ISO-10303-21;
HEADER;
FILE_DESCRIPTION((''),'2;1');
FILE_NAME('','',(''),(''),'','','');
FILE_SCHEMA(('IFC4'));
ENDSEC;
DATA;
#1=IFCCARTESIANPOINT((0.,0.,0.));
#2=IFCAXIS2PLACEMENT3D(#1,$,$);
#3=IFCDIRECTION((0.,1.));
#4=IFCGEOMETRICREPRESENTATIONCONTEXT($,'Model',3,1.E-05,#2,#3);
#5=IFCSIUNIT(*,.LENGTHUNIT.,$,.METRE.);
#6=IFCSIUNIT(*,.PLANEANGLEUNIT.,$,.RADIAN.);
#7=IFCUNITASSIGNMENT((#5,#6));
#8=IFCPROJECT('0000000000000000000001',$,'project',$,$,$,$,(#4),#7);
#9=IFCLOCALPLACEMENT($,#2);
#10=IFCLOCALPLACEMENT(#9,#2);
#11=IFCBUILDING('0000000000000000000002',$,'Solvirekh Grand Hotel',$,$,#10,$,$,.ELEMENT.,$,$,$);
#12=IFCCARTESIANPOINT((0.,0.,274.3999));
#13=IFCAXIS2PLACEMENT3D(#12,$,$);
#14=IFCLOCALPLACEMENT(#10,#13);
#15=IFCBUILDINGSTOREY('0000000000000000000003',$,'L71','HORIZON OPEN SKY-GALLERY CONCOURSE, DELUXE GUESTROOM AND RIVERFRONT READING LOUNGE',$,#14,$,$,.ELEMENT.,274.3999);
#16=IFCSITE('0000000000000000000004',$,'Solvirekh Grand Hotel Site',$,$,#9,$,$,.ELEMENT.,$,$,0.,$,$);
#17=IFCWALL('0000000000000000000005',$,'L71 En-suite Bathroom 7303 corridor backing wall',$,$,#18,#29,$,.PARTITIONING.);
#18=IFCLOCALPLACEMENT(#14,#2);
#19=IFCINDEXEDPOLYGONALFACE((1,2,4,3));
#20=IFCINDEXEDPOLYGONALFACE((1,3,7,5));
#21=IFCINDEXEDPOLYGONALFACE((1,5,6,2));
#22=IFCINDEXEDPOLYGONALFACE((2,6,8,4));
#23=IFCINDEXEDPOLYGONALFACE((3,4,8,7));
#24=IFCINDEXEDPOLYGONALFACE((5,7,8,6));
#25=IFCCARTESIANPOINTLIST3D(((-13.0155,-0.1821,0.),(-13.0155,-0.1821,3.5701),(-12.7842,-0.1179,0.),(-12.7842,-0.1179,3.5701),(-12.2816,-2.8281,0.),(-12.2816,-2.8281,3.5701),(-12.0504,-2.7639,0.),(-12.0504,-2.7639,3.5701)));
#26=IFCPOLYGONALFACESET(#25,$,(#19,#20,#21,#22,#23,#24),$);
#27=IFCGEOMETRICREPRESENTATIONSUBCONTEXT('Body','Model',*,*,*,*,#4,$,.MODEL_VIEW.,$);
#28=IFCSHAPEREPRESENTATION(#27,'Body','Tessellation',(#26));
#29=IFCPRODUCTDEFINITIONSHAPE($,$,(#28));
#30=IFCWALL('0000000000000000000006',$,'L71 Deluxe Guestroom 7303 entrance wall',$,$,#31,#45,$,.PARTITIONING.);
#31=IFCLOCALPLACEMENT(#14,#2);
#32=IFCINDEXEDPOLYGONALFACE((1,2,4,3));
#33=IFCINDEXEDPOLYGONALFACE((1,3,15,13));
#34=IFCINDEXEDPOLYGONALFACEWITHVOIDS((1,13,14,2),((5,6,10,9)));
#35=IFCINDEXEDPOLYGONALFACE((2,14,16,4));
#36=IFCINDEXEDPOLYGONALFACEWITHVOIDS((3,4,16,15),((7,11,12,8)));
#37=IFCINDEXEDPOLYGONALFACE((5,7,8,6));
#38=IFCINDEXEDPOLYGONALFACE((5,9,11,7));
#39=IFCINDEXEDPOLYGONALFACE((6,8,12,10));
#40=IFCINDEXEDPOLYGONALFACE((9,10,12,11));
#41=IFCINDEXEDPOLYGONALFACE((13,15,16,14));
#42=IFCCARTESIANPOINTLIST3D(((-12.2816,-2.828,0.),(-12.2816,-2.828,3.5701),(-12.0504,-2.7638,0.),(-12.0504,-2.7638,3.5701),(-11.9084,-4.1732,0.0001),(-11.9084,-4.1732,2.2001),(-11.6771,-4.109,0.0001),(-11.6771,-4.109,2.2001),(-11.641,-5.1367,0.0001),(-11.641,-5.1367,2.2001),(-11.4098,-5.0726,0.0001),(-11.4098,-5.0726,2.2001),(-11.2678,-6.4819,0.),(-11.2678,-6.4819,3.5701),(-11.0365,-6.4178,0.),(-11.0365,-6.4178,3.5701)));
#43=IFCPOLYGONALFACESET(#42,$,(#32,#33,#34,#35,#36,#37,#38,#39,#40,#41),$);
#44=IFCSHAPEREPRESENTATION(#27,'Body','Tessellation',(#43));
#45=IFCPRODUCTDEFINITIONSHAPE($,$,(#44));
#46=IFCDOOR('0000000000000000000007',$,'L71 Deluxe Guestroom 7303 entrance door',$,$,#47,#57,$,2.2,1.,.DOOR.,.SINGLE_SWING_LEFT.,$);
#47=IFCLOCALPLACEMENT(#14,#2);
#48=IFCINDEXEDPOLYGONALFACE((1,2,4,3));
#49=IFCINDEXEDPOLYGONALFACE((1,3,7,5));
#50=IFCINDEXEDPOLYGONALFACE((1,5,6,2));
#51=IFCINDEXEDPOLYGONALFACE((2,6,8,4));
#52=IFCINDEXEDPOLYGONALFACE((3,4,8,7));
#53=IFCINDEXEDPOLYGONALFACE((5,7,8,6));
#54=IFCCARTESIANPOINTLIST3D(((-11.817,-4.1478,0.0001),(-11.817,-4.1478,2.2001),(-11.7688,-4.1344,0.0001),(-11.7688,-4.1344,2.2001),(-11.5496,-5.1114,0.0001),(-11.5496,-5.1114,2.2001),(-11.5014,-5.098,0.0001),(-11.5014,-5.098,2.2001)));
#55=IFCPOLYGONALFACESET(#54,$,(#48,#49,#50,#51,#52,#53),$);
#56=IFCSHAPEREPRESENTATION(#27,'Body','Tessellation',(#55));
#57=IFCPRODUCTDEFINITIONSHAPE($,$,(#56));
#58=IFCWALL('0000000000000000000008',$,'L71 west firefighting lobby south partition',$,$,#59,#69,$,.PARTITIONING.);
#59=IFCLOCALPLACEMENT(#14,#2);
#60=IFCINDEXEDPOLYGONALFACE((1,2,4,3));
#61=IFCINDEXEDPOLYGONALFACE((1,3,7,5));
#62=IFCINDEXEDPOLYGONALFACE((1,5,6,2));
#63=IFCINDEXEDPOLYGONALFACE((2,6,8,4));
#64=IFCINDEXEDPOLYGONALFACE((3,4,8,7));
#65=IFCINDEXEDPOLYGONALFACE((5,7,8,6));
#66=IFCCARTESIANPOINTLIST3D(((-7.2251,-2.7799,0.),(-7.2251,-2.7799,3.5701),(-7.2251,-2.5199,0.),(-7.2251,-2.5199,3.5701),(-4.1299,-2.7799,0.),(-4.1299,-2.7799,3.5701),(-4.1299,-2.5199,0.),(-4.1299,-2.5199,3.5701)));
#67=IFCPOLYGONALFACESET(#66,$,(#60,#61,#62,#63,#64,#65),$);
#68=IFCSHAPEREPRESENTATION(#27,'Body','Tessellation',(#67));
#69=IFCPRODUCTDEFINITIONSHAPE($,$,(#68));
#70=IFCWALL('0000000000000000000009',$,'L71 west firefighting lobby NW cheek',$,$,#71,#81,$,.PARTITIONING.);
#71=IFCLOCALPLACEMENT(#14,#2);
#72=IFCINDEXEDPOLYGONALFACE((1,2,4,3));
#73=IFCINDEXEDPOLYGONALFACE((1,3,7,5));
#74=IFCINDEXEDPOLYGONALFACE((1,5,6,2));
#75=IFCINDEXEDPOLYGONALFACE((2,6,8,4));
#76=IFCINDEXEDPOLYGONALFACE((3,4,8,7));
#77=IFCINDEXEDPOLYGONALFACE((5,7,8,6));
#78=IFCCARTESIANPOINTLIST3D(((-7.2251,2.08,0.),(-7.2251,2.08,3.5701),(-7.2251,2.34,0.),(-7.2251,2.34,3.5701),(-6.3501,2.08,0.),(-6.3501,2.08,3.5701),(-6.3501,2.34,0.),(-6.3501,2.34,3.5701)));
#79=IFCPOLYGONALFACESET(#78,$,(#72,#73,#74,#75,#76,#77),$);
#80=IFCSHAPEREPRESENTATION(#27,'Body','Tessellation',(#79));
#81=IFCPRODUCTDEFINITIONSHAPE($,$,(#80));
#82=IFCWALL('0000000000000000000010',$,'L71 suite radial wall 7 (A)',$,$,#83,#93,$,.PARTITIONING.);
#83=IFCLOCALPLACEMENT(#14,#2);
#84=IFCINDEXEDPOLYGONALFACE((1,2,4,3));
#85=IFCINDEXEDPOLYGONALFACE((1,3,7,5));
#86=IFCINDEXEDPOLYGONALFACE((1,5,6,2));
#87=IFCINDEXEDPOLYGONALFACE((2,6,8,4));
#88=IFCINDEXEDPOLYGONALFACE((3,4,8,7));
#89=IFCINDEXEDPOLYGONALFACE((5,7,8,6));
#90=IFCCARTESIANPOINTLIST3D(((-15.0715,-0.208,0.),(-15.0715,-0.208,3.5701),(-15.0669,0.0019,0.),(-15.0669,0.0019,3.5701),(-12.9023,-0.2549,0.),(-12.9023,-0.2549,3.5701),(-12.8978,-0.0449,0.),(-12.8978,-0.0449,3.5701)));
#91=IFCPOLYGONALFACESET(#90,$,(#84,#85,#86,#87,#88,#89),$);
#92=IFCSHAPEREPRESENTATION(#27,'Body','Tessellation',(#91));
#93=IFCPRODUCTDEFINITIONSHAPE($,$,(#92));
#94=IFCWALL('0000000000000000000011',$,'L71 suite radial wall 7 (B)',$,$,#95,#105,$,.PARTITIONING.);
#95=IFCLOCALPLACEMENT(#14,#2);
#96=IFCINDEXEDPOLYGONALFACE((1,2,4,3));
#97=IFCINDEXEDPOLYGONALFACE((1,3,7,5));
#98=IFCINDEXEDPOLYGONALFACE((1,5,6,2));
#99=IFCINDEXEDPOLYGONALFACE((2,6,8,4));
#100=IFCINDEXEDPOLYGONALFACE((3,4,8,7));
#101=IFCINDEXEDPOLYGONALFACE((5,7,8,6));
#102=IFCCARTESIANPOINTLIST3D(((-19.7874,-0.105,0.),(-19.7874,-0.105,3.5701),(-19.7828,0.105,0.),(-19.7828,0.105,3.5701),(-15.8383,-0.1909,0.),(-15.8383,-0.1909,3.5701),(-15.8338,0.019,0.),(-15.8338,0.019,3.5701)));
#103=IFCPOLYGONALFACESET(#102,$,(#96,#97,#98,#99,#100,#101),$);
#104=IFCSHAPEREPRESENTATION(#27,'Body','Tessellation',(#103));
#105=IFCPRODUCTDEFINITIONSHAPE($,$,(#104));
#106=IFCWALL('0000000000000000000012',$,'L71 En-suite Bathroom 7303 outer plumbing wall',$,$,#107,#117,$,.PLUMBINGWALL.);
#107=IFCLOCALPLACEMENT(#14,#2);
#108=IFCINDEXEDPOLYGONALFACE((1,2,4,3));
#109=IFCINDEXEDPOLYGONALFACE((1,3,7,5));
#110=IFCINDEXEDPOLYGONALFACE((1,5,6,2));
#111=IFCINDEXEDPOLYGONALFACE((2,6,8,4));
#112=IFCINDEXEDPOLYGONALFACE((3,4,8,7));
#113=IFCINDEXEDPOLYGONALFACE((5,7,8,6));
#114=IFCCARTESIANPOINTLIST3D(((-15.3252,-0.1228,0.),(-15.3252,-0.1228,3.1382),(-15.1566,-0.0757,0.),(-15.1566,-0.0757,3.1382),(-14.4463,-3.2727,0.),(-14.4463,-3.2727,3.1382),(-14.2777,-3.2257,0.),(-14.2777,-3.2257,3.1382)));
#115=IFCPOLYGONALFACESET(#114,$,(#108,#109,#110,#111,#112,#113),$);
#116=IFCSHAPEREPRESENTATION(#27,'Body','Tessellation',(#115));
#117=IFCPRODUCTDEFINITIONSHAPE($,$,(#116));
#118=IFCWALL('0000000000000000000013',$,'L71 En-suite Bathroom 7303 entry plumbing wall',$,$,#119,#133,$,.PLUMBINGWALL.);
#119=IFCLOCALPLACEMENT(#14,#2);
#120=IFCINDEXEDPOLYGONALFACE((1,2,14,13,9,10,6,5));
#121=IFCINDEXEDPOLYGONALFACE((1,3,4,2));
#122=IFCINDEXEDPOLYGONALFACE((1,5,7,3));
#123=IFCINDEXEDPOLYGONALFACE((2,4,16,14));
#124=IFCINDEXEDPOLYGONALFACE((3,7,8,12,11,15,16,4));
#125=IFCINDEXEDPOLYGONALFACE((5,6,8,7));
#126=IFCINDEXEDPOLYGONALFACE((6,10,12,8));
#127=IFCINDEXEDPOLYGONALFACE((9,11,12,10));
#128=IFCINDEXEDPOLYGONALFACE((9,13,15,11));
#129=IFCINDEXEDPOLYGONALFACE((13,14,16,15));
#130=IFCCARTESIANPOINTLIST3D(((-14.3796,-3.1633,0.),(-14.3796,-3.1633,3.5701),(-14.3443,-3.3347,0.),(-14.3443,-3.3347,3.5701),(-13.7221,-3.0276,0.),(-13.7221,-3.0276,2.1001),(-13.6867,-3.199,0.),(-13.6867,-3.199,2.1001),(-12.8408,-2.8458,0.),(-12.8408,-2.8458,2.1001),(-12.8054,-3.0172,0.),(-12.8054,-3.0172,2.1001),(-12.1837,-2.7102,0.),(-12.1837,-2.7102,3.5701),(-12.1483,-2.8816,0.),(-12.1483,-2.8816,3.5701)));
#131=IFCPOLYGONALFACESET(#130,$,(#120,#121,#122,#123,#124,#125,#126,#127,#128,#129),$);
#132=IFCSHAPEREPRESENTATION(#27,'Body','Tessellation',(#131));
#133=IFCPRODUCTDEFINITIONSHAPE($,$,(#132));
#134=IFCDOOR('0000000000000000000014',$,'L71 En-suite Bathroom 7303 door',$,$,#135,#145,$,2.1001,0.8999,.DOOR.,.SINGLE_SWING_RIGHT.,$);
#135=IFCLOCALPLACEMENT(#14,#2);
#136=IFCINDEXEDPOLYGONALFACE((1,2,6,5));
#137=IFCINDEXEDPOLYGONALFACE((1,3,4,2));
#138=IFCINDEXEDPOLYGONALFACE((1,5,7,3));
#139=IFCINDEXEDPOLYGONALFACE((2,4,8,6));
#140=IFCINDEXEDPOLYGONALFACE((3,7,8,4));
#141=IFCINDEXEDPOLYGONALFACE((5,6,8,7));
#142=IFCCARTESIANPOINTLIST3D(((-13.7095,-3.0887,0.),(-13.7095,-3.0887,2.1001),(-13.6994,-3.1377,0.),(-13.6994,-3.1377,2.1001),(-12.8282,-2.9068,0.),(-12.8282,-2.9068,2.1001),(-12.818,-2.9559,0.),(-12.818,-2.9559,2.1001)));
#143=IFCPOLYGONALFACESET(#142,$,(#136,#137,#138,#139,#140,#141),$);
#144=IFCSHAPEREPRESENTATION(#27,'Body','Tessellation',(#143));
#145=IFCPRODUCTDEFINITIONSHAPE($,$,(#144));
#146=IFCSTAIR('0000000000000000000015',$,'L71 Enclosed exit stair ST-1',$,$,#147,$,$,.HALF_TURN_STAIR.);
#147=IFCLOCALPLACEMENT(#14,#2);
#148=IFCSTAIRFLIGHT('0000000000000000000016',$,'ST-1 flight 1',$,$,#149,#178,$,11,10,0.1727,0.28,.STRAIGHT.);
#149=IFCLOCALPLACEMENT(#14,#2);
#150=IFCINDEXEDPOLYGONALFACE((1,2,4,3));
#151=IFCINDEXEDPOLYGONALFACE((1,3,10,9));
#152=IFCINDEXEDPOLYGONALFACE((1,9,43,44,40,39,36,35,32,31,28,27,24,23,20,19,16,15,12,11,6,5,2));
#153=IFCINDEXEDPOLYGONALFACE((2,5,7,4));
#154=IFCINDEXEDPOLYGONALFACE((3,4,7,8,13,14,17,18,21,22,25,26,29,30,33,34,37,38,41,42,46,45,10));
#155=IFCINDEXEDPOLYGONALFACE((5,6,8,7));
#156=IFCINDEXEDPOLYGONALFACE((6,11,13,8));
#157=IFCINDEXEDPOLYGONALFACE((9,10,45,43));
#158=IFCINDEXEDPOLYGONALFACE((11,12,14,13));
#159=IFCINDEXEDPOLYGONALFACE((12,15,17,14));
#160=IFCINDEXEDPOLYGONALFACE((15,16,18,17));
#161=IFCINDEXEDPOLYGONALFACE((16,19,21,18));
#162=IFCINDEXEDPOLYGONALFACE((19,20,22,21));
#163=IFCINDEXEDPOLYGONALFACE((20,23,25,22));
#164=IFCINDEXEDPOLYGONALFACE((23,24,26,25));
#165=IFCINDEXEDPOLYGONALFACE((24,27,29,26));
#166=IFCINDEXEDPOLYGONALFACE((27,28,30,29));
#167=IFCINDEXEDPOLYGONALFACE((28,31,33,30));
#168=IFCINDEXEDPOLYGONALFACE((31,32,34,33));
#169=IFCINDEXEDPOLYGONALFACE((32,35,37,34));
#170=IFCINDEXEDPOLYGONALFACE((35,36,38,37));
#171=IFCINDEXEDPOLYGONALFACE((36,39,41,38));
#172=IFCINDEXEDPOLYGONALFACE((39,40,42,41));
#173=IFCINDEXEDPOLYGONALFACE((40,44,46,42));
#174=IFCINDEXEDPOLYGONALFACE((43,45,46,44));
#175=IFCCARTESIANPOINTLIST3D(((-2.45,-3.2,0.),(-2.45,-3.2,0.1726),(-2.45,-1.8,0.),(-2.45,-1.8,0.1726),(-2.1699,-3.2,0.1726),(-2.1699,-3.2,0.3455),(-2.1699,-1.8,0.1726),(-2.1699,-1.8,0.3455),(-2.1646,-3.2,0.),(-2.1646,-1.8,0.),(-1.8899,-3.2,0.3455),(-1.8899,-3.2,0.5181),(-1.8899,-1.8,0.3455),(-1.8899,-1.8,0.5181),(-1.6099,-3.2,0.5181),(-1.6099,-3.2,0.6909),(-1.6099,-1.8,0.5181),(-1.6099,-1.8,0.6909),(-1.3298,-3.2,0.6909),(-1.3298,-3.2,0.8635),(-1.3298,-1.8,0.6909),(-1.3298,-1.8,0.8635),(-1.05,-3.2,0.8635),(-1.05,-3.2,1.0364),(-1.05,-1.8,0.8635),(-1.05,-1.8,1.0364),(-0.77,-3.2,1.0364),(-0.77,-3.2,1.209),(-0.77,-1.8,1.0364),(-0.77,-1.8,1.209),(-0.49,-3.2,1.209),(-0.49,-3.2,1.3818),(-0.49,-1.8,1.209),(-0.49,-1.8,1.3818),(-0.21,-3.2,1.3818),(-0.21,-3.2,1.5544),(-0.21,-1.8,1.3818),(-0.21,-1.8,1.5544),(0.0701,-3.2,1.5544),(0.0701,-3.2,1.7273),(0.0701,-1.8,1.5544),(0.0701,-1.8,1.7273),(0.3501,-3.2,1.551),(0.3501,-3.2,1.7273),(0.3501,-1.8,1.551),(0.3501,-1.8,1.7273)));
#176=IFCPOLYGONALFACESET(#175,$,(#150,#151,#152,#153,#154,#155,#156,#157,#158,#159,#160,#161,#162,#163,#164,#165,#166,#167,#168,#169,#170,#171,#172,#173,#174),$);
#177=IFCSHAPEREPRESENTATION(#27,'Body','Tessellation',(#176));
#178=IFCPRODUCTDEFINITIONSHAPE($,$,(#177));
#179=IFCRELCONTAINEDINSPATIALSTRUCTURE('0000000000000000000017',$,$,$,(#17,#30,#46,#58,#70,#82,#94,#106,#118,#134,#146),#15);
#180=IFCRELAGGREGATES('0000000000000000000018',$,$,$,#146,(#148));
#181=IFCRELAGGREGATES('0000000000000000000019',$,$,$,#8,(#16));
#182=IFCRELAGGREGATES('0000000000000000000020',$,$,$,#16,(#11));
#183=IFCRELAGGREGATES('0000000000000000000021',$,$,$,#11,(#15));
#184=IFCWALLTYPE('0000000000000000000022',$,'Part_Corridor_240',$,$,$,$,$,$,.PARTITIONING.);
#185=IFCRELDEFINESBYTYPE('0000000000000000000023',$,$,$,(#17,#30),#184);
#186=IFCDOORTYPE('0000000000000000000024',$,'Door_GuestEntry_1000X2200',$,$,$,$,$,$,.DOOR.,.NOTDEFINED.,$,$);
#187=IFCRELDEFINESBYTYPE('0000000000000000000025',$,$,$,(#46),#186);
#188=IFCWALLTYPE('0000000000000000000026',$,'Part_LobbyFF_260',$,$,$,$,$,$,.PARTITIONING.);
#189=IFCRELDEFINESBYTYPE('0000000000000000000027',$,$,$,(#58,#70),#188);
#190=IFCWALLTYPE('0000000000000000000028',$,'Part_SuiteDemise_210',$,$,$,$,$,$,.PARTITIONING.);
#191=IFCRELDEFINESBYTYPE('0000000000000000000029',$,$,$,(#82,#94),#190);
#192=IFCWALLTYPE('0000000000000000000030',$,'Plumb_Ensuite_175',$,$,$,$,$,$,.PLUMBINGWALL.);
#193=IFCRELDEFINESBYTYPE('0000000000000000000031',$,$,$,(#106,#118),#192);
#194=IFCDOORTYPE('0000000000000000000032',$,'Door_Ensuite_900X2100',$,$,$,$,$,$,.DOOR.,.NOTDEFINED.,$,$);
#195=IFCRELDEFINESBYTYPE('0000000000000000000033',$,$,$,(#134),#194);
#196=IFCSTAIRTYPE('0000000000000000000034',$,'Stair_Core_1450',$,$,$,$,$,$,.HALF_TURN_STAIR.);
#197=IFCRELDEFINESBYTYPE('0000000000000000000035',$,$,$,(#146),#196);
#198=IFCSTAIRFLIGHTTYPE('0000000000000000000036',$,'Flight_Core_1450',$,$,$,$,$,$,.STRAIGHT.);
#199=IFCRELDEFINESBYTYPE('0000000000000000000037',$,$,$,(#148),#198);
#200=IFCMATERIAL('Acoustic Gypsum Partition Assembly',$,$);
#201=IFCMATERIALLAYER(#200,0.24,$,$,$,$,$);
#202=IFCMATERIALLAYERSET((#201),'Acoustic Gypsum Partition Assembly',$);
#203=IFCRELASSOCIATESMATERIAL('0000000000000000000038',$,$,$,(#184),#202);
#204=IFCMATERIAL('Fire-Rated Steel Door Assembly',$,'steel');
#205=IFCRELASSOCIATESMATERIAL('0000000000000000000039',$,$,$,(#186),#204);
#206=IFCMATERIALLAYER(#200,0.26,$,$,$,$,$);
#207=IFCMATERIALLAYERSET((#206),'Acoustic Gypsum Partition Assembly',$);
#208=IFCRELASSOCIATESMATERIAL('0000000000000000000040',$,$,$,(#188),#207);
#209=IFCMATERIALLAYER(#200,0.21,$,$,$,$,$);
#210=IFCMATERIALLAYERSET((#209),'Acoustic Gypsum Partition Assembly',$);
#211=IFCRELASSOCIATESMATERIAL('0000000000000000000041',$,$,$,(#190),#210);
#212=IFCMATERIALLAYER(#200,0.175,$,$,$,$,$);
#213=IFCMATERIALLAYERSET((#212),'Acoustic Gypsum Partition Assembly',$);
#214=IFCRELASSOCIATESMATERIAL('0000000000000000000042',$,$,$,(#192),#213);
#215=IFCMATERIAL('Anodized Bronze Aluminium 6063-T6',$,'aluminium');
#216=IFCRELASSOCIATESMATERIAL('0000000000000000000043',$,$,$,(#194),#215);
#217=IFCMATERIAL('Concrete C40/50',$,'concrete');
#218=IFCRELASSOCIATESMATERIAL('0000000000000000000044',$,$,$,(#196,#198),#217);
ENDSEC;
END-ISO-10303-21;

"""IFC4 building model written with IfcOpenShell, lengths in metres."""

from ifc_helpers import new_model, si_unit, direction, frame, frame_2d, origin, place, context, subcontext, project, spatial, polyline, rectangle, outline, extrude, material, layer, layer_set, type_object, element, fill, aggregate, save


model = new_model("IFC4")

# Units and contexts
model_context = context("Model", 3, precision=1e-05, world=origin(), true_north=direction((0.0, 1.0)))
body_context = subcontext(model_context, "Body", "Model", "MODEL_VIEW")
ifc_project = project(units=[si_unit("LENGTHUNIT", "METRE"), si_unit("PLANEANGLEUNIT", "RADIAN")], contexts=[model_context])

# Site, building, storey
site_placement = place(None, origin())
site = spatial("IfcSite", under=ifc_project, at=site_placement, Name="Solvirekh Grand Hotel Site", CompositionType="ELEMENT", RefElevation=0.0)
building_placement = place(site_placement, origin())
building = spatial("IfcBuilding", under=site, at=building_placement, Name="Solvirekh Grand Hotel", CompositionType="ELEMENT")
storey_placement = place(building_placement, frame((0.0, 0.0, 274.3999)))
storey = spatial("IfcBuildingStorey", under=building, at=storey_placement, Name="L71", Description="HORIZON OPEN SKY-GALLERY CONCOURSE, DELUXE GUESTROOM AND RIVERFRONT READING LOUNGE", CompositionType="ELEMENT", Elevation=274.3999)

# Shared definitions
ifc_material_1 = material(Name="Anodized Bronze Aluminium 6063-T6", Category="aluminium")

# Shared definitions
ifc_material_2 = material(Name="Concrete C40/50", Category="concrete")
ifc_material_3 = material(Name="Fire-Rated Steel Door Assembly", Category="steel")

# Shared definitions
ifc_material_4 = material(Name="Acoustic Gypsum Partition Assembly")

# Shared definitions
ifc_layer_1 = layer(ifc_material_4, 0.24)
ifc_layer_set_1 = layer_set([ifc_layer_1], Name="Acoustic Gypsum Partition Assembly")
wall_type_1 = type_object("IfcWallType", Name="Part_Corridor_240", PredefinedType="PARTITIONING", material=ifc_layer_set_1)

# Wall
wall_1_placement = place(storey_placement, frame((-12.8999, -0.1499, 0.0), z_axis=(0.0, 0.0, 1.0), x_axis=(0.267268, -0.963622, 0.0)))
element("IfcWall", 1, at=wall_1_placement, inside=storey, type_object=wall_type_1, Name="L71 En-suite Bathroom 7303 corridor backing wall", PredefinedType="PARTITIONING", context=body_context, shape_type="SweptSolid", body=[
    extrude(rectangle(XDim=2.7458, YDim=0.24, at=frame_2d((1.373, 0.0))), origin(), (0.0, 0.0, 1.0), 3.5701),
])

# Wall, opening, door
wall_2_placement = place(storey_placement, frame((-12.166, -2.7959, 0.0), z_axis=(0.0, 0.0, 1.0), x_axis=(0.267375, -0.963593, 0.0)))
wall_2 = element("IfcWall", 2, at=wall_2_placement, inside=storey, type_object=wall_type_1, Name="L71 Deluxe Guestroom 7303 entrance wall", PredefinedType="PARTITIONING", context=body_context, shape_type="SweptSolid", body=[
    extrude(rectangle(XDim=3.792, YDim=0.24, at=frame_2d((1.896, 0.0))), origin(), (0.0, 0.0, 1.0), 3.5701),
])
opening_1_placement = place(wall_2_placement, frame((1.396, 0.0, 0.0)))
opening_1 = element("IfcOpeningElement", 3, at=opening_1_placement, cuts=wall_2, PredefinedType="OPENING", context=body_context, shape_type="SweptSolid", body=[
    extrude(rectangle(XDim=1.0, YDim=2.2, at=frame_2d((0.5, 1.1001))), frame((0.0, 0.1299, 0.0), z_axis=(0.0, -1.0, 0.0), x_axis=(1.0, 0.0, 0.0)), (0.0, 0.0, 1.0), 0.26),
])
door_type_1 = type_object("IfcDoorType", Name="Door_GuestEntry_1000X2200", OperationType="NOTDEFINED", PredefinedType="DOOR", material=ifc_material_3)
door_1_placement = place(opening_1_placement, origin())
door_1 = element("IfcDoor", 4, at=door_1_placement, inside=storey, type_object=door_type_1, Name="L71 Deluxe Guestroom 7303 entrance door", OperationType="SINGLE_SWING_LEFT", OverallHeight=2.2, OverallWidth=1.0, PredefinedType="DOOR", context=body_context, shape_type="SweptSolid", body=[
    extrude(rectangle(XDim=1.0, YDim=2.2, at=frame_2d((0.5, 1.1001))), frame((0.0, 0.0249, 0.0), z_axis=(0.0, -1.0, 0.0), x_axis=(1.0, 0.0, 0.0)), (0.0, 0.0, 1.0), 0.05),
])
fill(opening_1, door_1)

# Walls
ifc_layer_2 = layer(ifc_material_4, 0.26)
ifc_layer_set_2 = layer_set([ifc_layer_2], Name="Acoustic Gypsum Partition Assembly")
wall_type_2 = type_object("IfcWallType", Name="Part_LobbyFF_260", PredefinedType="PARTITIONING", material=ifc_layer_set_2)
wall_3_placement = place(storey_placement, frame((-7.2251, -2.6499, 0.0), z_axis=(0.0, 0.0, 1.0), x_axis=(1.0, 0.0, 0.0)))
element("IfcWall", 5, at=wall_3_placement, inside=storey, type_object=wall_type_2, Name="L71 west firefighting lobby south partition", PredefinedType="PARTITIONING", context=body_context, shape_type="SweptSolid", body=[
    extrude(rectangle(XDim=3.0952, YDim=0.26, at=frame_2d((1.5476, 0.0))), origin(), (0.0, 0.0, 1.0), 3.5701),
])
wall_4_placement = place(storey_placement, frame((-7.2251, 2.21, 0.0), z_axis=(0.0, 0.0, 1.0), x_axis=(1.0, 0.0, 0.0)))
element("IfcWall", 6, at=wall_4_placement, inside=storey, type_object=wall_type_2, Name="L71 west firefighting lobby NW cheek", PredefinedType="PARTITIONING", context=body_context, shape_type="SweptSolid", body=[
    extrude(rectangle(XDim=0.875, YDim=0.26, at=frame_2d((0.4375, 0.0))), origin(), (0.0, 0.0, 1.0), 3.5701),
])
ifc_layer_3 = layer(ifc_material_4, 0.21)
ifc_layer_set_3 = layer_set([ifc_layer_3], Name="Acoustic Gypsum Partition Assembly")
wall_type_3 = type_object("IfcWallType", Name="Part_SuiteDemise_210", PredefinedType="PARTITIONING", material=ifc_layer_set_3)
wall_5_placement = place(storey_placement, frame((-12.8999, -0.1499, 0.0), z_axis=(0.0, 0.0, 1.0), x_axis=(-0.999767, 0.021604, 0.0)))
element("IfcWall", 7, at=wall_5_placement, inside=storey, type_object=wall_type_3, Name="L71 suite radial wall 7 (A)", PredefinedType="PARTITIONING", context=body_context, shape_type="SweptSolid", body=[
    extrude(rectangle(XDim=2.1697, YDim=0.21, at=frame_2d((1.085, 0.0))), origin(), (0.0, 0.0, 1.0), 3.5701),
])
wall_6_placement = place(storey_placement, frame((-15.8359, -0.0859, 0.0), z_axis=(0.0, 0.0, 1.0), x_axis=(-0.999763, 0.021757, 0.0)))
element("IfcWall", 8, at=wall_6_placement, inside=storey, type_object=wall_type_3, Name="L71 suite radial wall 7 (B)", PredefinedType="PARTITIONING", context=body_context, shape_type="SweptSolid", body=[
    extrude(rectangle(XDim=3.95, YDim=0.21, at=frame_2d((1.9751, 0.0))), origin(), (0.0, 0.0, 1.0), 3.5701),
])
ifc_layer_4 = layer(ifc_material_4, 0.175)
ifc_layer_set_4 = layer_set([ifc_layer_4], Name="Acoustic Gypsum Partition Assembly")
wall_type_4 = type_object("IfcWallType", Name="Plumb_Ensuite_175", PredefinedType="PLUMBINGWALL", material=ifc_layer_set_4)
wall_7_placement = place(storey_placement, frame((-15.241, -0.0991, 0.0), z_axis=(0.0, 0.0, 1.0), x_axis=(0.26876, -0.963207, 0.0)))
element("IfcWall", 9, at=wall_7_placement, inside=storey, type_object=wall_type_4, Name="L71 En-suite Bathroom 7303 outer plumbing wall", PredefinedType="PLUMBINGWALL", context=body_context, shape_type="SweptSolid", body=[
    extrude(rectangle(XDim=3.2703, YDim=0.175, at=frame_2d((1.6353, 0.0))), origin(), (0.0, 0.0, 1.0), 3.1382),
])

# Wall, opening, door
wall_8_placement = place(storey_placement, frame((-12.166, -2.7959, 0.0), z_axis=(0.0, 0.0, 1.0), x_axis=(-0.979369, -0.20208, 0.0)))
wall_8 = element("IfcWall", 10, at=wall_8_placement, inside=storey, type_object=wall_type_4, Name="L71 En-suite Bathroom 7303 entry plumbing wall", PredefinedType="PLUMBINGWALL", context=body_context, shape_type="SweptSolid", body=[
    extrude(rectangle(XDim=2.2422, YDim=0.175, at=frame_2d((1.1211, 0.0))), origin(), (0.0, 0.0, 1.0), 3.5701),
])
opening_2_placement = place(wall_8_placement, frame((0.6709, 0.0, 0.0)))
opening_2 = element("IfcOpeningElement", 11, at=opening_2_placement, cuts=wall_8, PredefinedType="OPENING", context=body_context, shape_type="SweptSolid", body=[
    extrude(rectangle(XDim=0.8999, YDim=2.1001, at=frame_2d((0.45, 1.05))), frame((0.0, 0.0977, 0.0), z_axis=(0.0, -1.0, 0.0), x_axis=(1.0, 0.0, 0.0)), (0.0, 0.0, 1.0), 0.1951),
])
door_type_2 = type_object("IfcDoorType", Name="Door_Ensuite_900X2100", OperationType="NOTDEFINED", PredefinedType="DOOR", material=ifc_material_1)
door_2_placement = place(opening_2_placement, origin())
door_2 = element("IfcDoor", 12, at=door_2_placement, inside=storey, type_object=door_type_2, Name="L71 En-suite Bathroom 7303 door", OperationType="SINGLE_SWING_RIGHT", OverallHeight=2.1001, OverallWidth=0.8999, PredefinedType="DOOR", context=body_context, shape_type="SweptSolid", body=[
    extrude(rectangle(XDim=0.8999, YDim=2.1001, at=frame_2d((0.45, 1.05))), frame((0.0, 0.0249, 0.0), z_axis=(0.0, -1.0, 0.0), x_axis=(1.0, 0.0, 0.0)), (0.0, 0.0, 1.0), 0.05),
])
fill(opening_2, door_2)

# Stair, stair flight
stair_type = type_object("IfcStairType", Name="Stair_Core_1450", PredefinedType="HALF_TURN_STAIR", material=ifc_material_2)
stair_placement = place(storey_placement, origin())
stair = element("IfcStair", 13, at=stair_placement, inside=storey, type_object=stair_type, Name="L71 Enclosed exit stair ST-1", PredefinedType="HALF_TURN_STAIR")
stair_flight_type = type_object("IfcStairFlightType", Name="Flight_Core_1450", PredefinedType="STRAIGHT", material=ifc_material_2)
stair_flight_placement = place(storey_placement, frame((-2.45, -2.5, 0.0), z_axis=(0.0, 0.0, 1.0), x_axis=(1.0, 0.0, 0.0)))
stair_flight = element("IfcStairFlight", 14, at=stair_flight_placement, type_object=stair_flight_type, Name="ST-1 flight 1", NumberOfRisers=11, NumberOfTreads=10, PredefinedType="STRAIGHT", RiserHeight=0.1727, TreadLength=0.28, context=body_context, shape_type="SweptSolid", body=[
    extrude(outline(polyline([(0.0, 0.0), (0.0, 0.1726), (0.28, 0.1726), (0.28, 0.3455), (0.5601, 0.3455), (0.5601, 0.5181), (0.8401, 0.5181), (0.8401, 0.6909), (1.1201, 0.6909), (1.1201, 0.8635), (1.3999, 0.8635), (1.3999, 1.0364), (1.6799, 1.0364), (1.6799, 1.209), (1.96, 1.209), (1.96, 1.3818), (2.24, 1.3818), (2.24, 1.5544), (2.52, 1.5544), (2.52, 1.7273), (2.8, 1.7273), (2.8, 1.8999), (2.8, 1.551), (0.2854, 0.0), (0.0, 0.0)])), frame((0.0, 0.7, 0.0), z_axis=(0.0, -1.0, 0.0), x_axis=(1.0, 0.0, 0.0)), (0.0, 0.0, 1.0), 1.3999),
])
aggregate(stair, [stair_flight])

save(model, "model.ifc")
